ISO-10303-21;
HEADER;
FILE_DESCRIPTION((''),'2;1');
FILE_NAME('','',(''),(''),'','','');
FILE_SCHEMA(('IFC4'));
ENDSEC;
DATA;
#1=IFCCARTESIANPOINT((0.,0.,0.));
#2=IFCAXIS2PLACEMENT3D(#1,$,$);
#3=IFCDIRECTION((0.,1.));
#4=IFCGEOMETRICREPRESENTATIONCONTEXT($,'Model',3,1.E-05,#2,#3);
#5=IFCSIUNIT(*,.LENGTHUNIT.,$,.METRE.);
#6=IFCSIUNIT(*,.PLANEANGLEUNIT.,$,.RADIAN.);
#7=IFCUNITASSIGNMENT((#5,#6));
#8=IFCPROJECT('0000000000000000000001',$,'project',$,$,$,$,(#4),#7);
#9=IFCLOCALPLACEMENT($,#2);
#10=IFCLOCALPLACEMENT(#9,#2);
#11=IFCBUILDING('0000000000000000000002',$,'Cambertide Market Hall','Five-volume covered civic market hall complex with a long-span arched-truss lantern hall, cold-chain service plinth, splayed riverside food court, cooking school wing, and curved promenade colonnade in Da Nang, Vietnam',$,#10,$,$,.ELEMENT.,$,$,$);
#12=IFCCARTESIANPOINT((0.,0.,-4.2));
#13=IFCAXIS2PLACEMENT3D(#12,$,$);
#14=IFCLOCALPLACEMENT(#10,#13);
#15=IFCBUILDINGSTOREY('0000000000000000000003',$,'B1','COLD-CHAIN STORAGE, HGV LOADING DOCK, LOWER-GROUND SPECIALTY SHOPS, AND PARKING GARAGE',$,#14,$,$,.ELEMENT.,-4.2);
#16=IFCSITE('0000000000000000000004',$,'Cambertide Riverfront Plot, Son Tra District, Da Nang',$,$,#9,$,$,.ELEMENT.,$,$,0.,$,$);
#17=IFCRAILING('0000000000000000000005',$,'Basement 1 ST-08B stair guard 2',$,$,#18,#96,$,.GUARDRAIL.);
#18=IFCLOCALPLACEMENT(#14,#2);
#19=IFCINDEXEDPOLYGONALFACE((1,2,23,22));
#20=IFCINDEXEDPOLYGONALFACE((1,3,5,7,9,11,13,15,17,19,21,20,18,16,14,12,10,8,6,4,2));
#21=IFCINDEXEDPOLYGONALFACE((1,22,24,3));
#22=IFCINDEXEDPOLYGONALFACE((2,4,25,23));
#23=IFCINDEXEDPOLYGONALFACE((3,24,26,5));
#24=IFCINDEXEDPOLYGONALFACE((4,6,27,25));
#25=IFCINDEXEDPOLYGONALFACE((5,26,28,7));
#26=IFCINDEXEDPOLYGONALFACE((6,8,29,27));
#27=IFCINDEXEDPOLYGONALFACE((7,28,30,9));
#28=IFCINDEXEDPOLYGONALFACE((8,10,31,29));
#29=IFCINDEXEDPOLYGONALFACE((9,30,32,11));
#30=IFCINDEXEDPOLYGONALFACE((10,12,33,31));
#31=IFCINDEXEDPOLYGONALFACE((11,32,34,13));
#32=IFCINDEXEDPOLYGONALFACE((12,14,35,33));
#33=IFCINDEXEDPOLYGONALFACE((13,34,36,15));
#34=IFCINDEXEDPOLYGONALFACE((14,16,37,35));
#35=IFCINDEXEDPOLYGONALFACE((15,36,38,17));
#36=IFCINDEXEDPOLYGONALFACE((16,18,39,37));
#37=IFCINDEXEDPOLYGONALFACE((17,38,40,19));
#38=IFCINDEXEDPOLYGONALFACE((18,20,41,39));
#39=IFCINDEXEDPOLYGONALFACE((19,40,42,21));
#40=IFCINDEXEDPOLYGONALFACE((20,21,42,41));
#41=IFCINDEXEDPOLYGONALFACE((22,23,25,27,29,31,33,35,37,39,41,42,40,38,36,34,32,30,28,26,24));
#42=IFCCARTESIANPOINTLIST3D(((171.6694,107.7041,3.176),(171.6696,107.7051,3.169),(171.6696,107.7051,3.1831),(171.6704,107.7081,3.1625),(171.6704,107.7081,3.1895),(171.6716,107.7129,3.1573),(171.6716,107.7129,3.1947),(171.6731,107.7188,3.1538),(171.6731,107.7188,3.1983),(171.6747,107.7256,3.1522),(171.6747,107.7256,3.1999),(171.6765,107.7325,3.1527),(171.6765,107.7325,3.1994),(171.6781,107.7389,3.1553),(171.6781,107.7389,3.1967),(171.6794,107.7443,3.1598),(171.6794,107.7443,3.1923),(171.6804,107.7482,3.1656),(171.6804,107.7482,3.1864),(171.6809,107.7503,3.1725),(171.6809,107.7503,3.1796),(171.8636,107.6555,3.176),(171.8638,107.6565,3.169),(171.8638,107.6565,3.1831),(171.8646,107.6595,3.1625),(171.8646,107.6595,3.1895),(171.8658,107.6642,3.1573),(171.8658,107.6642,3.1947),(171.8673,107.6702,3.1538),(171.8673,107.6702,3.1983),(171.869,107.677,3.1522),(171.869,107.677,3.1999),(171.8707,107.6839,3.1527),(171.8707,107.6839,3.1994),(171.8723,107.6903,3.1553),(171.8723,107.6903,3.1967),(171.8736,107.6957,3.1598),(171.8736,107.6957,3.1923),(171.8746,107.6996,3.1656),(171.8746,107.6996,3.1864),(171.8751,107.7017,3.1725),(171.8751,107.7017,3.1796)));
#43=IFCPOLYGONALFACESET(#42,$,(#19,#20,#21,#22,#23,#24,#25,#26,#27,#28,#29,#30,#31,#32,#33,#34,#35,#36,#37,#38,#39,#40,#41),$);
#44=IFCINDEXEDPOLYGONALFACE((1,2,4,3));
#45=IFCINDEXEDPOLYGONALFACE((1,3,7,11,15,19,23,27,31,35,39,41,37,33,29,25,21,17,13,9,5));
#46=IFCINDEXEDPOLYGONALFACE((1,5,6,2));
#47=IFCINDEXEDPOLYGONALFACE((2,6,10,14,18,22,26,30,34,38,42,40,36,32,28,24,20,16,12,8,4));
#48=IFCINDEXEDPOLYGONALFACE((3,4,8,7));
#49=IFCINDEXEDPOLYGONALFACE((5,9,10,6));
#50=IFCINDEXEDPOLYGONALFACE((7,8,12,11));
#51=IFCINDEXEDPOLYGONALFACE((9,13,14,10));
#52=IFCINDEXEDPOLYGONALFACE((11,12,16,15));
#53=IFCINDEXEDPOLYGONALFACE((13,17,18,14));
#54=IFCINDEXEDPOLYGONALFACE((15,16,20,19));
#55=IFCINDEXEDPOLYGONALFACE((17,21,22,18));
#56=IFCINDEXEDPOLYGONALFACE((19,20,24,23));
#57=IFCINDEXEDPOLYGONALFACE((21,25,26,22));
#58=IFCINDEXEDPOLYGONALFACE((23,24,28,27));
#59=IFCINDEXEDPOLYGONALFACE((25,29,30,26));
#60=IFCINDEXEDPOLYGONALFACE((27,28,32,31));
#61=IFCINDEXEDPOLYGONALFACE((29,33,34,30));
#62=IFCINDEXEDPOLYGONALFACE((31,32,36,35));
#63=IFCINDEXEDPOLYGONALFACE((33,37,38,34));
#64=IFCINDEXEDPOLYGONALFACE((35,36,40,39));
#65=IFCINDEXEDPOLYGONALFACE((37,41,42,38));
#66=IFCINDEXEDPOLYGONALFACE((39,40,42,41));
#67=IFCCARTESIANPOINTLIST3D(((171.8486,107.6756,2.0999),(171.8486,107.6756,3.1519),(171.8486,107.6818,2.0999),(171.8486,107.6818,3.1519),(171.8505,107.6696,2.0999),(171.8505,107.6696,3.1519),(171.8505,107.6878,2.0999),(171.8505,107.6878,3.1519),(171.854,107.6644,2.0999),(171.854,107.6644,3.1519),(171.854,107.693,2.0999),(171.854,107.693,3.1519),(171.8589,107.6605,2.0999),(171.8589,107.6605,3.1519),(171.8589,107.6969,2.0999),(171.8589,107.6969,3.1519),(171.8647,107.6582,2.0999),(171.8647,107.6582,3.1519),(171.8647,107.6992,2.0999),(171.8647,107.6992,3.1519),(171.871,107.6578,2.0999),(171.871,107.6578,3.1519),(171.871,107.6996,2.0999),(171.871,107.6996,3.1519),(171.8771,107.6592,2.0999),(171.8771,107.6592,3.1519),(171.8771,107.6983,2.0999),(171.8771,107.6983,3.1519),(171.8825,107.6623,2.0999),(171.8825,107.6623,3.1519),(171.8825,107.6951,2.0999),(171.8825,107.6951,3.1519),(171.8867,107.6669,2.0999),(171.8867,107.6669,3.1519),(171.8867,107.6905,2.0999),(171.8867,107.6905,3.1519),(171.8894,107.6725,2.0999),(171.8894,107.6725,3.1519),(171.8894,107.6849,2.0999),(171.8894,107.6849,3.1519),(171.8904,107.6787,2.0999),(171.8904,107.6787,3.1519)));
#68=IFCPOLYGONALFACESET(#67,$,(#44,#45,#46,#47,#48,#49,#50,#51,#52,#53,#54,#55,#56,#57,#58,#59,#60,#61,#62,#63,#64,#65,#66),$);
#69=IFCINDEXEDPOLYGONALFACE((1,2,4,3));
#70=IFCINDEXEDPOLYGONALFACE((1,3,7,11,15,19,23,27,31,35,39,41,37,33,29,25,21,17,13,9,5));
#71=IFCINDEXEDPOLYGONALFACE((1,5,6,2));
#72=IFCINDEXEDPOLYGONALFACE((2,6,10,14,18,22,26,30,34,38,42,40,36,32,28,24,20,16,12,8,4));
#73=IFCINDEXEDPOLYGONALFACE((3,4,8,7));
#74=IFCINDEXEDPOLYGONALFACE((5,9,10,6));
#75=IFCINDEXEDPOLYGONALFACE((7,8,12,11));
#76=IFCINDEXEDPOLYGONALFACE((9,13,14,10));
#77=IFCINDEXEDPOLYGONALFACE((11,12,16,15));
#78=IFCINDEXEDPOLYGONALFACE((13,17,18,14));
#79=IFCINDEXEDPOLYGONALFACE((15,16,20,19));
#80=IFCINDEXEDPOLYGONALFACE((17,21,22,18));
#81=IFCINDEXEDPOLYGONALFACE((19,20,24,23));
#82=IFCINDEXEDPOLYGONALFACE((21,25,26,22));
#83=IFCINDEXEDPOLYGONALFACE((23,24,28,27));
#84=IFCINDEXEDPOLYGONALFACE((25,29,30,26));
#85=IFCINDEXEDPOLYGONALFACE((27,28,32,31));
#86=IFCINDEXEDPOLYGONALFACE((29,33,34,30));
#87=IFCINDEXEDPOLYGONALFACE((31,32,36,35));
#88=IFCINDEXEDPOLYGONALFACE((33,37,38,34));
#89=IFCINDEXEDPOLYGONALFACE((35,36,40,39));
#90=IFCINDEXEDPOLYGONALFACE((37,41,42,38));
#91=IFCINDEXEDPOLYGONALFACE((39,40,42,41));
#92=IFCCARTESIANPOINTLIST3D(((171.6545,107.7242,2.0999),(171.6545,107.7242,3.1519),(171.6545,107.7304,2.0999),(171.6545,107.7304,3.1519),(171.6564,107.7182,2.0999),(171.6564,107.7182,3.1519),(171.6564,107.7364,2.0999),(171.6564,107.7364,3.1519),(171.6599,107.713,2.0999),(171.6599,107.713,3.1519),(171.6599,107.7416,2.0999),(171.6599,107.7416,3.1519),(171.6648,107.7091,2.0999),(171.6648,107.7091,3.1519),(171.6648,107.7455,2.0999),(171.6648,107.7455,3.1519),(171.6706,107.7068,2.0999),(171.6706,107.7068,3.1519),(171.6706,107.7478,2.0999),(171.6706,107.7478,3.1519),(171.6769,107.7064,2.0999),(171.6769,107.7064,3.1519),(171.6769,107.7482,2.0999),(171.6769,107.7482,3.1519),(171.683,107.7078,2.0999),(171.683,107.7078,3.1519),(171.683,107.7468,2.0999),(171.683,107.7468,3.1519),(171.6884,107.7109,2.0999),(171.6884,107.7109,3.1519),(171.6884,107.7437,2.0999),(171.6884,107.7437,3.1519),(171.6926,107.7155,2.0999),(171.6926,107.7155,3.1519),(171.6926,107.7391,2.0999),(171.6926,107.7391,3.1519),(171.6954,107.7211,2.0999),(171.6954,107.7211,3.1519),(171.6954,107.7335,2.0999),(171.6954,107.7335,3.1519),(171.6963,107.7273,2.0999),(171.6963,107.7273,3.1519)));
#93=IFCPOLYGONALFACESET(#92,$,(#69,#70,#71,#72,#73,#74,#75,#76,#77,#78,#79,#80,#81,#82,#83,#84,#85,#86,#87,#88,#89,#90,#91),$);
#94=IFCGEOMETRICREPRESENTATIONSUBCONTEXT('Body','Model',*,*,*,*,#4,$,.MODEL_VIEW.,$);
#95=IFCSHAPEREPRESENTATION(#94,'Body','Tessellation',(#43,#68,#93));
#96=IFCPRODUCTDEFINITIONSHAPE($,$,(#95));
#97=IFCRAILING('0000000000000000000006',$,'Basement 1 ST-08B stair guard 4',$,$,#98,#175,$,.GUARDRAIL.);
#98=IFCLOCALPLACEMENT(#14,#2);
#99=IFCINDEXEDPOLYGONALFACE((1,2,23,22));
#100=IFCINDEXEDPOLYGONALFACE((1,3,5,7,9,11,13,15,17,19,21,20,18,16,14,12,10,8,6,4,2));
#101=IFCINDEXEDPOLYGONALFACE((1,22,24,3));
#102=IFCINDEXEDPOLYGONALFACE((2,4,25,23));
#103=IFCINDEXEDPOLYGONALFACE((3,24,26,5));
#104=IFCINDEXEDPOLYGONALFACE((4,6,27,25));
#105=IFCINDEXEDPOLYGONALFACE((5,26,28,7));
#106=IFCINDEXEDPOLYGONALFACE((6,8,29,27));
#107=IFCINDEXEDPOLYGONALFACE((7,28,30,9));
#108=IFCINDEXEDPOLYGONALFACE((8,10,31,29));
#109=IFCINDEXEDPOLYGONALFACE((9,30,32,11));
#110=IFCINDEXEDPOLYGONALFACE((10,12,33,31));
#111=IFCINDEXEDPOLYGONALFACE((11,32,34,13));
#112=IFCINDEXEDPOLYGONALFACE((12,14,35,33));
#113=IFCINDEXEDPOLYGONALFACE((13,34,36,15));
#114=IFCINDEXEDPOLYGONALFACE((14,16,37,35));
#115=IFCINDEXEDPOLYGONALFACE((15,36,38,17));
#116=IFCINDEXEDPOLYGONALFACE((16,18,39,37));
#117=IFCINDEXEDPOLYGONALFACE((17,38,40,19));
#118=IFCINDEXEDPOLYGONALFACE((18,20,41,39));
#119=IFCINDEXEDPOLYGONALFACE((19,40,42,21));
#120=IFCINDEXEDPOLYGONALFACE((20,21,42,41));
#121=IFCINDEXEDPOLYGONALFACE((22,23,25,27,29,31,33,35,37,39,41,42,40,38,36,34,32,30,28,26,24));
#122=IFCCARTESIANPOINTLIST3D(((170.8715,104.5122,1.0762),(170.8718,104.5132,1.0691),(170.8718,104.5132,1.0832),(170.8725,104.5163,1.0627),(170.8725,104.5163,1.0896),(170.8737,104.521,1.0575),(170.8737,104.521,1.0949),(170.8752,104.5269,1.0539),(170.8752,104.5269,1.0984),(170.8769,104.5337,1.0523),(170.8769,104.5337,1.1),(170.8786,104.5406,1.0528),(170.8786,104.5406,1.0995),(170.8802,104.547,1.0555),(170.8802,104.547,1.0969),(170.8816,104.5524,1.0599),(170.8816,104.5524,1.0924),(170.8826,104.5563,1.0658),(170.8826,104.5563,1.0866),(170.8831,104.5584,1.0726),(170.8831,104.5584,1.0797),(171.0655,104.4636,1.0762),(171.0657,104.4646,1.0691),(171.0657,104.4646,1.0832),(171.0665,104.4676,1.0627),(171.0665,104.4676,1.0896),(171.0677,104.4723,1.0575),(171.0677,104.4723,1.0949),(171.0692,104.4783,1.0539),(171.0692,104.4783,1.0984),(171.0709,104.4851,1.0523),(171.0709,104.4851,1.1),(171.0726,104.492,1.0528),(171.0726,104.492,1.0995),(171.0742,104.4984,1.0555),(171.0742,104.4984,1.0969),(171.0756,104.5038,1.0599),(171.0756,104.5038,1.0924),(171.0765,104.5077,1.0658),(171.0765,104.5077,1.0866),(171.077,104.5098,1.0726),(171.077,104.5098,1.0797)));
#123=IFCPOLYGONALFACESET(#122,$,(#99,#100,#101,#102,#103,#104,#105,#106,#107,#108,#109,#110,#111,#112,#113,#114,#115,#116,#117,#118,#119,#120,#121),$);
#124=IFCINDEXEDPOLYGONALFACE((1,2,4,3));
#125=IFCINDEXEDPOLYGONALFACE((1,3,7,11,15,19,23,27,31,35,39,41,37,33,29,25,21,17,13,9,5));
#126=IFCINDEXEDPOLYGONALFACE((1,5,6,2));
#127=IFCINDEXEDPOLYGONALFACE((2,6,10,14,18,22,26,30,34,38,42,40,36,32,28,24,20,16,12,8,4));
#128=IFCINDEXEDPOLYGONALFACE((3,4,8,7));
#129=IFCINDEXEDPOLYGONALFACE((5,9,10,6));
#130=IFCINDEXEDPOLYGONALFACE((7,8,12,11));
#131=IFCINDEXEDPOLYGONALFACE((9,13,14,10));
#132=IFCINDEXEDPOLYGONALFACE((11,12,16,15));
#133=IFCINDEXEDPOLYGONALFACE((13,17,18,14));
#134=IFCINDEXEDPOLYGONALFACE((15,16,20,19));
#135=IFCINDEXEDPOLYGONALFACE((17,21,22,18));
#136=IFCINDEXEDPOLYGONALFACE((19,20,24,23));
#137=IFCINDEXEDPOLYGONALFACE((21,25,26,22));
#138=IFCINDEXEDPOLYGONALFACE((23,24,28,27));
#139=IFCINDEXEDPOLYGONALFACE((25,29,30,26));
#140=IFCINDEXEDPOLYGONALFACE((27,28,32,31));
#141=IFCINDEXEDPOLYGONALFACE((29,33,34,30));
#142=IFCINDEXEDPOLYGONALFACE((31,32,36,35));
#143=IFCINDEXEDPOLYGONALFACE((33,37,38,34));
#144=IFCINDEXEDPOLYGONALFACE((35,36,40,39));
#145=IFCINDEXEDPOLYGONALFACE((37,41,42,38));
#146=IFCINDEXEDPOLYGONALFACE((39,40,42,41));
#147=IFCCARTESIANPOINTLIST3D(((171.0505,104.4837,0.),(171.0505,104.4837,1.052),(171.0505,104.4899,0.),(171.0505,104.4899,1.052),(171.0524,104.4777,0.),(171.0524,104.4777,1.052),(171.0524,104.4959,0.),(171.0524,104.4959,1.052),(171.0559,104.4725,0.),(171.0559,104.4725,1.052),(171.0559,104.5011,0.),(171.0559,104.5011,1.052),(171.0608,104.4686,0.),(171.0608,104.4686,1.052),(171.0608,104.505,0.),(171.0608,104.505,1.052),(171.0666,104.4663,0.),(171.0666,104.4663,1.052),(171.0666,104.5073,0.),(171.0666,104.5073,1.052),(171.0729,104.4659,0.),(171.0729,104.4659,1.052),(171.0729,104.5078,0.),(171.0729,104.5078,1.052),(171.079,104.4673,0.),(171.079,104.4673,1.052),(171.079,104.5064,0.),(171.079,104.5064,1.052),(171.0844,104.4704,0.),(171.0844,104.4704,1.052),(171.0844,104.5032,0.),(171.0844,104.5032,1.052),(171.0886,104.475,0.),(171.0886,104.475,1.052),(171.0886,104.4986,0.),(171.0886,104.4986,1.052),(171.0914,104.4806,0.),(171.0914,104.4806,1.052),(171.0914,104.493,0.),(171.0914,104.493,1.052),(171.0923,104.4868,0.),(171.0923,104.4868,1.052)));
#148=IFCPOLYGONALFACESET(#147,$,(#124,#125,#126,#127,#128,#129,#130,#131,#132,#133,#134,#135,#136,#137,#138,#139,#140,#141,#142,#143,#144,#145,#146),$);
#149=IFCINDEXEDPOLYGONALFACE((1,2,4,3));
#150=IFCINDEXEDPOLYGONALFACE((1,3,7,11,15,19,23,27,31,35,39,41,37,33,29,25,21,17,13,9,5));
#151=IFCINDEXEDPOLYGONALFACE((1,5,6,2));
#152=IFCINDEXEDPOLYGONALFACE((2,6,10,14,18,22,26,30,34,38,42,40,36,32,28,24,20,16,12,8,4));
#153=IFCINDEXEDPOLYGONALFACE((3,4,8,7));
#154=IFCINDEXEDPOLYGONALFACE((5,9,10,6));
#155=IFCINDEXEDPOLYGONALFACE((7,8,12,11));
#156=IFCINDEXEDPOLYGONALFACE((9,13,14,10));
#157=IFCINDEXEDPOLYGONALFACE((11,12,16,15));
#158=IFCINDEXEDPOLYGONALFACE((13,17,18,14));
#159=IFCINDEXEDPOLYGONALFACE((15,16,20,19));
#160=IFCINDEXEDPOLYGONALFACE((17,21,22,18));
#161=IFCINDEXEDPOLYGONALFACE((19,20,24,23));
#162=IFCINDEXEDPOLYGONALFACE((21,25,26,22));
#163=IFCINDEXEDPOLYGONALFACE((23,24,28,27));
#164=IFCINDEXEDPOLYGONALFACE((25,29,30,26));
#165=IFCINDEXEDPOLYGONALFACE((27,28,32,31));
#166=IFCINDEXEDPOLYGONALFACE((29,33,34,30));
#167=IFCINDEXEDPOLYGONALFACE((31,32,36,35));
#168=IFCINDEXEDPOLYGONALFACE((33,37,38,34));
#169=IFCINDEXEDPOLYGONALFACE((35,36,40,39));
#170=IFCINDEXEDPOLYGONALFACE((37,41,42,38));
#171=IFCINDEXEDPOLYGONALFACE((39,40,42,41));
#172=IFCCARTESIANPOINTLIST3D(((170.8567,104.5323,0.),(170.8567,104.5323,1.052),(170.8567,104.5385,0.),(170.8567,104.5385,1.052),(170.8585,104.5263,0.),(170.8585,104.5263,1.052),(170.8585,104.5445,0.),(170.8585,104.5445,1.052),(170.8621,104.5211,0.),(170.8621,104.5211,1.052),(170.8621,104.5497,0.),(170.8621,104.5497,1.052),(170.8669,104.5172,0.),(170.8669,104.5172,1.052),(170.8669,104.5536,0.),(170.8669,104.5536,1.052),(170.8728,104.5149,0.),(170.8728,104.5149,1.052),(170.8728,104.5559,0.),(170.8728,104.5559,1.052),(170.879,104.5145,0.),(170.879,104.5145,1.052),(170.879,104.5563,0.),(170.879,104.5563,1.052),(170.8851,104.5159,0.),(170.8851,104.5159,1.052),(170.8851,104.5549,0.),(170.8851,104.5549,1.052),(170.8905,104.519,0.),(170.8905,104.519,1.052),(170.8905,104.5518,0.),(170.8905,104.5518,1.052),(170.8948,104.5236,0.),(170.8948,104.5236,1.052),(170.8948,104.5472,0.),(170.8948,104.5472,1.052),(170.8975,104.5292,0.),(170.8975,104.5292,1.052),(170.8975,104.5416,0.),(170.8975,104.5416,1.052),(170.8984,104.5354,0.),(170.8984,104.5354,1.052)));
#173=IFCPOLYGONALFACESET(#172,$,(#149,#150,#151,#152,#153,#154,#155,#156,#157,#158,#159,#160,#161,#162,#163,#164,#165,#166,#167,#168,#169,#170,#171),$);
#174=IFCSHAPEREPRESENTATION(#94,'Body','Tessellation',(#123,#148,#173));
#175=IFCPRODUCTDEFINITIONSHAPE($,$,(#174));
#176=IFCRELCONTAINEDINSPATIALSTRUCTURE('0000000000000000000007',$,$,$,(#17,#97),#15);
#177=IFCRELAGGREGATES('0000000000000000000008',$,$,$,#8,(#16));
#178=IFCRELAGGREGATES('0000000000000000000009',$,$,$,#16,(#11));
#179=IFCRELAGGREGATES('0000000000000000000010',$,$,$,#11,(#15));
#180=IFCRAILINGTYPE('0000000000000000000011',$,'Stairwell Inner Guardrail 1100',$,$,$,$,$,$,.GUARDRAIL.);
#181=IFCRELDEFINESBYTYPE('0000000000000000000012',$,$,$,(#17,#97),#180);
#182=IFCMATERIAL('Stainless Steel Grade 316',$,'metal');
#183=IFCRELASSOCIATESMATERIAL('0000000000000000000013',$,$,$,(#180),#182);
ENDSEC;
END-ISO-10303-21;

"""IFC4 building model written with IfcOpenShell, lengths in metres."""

from ifc_helpers import new_model, si_unit, direction, frame, origin, origin_2d, place, context, subcontext, project, spatial, circle, extrude, material, type_object, element, save


model = new_model("IFC4")

# Units and contexts
model_context = context("Model", 3, precision=1e-05, world=origin(), true_north=direction((0.0, 1.0)))
body_context = subcontext(model_context, "Body", "Model", "MODEL_VIEW")
ifc_project = project(units=[si_unit("LENGTHUNIT", "METRE"), si_unit("PLANEANGLEUNIT", "RADIAN")], contexts=[model_context])

# Site, building, storey
site_placement = place(None, origin())
site = spatial("IfcSite", under=ifc_project, at=site_placement, Name="Cambertide Riverfront Plot, Son Tra District, Da Nang", CompositionType="ELEMENT", RefElevation=0.0)
building_placement = place(site_placement, origin())
building = spatial("IfcBuilding", under=site, at=building_placement, Name="Cambertide Market Hall", Description="Five-volume covered civic market hall complex with a long-span arched-truss lantern hall, cold-chain service plinth, splayed riverside food court, cooking school wing, and curved promenade colonnade in Da Nang, Vietnam", CompositionType="ELEMENT")
storey_placement = place(building_placement, frame((0.0, 0.0, -4.2)))
storey = spatial("IfcBuildingStorey", under=building, at=storey_placement, Name="B1", Description="COLD-CHAIN STORAGE, HGV LOADING DOCK, LOWER-GROUND SPECIALTY SHOPS, AND PARKING GARAGE", CompositionType="ELEMENT", Elevation=-4.2)

# Railings
ifc_material_1 = material(Name="Stainless Steel Grade 316", Category="metal")
railing_type_1 = type_object("IfcRailingType", Name="Stairwell Inner Guardrail 1100", PredefinedType="GUARDRAIL", material=ifc_material_1)
railing_1_placement = place(storey_placement, frame((171.8694, 107.6787, 2.0999)))
element("IfcRailing", 1, at=railing_1_placement, inside=storey, type_object=railing_type_1, Name="Basement 1 ST-08B stair guard 2", PredefinedType="GUARDRAIL", context=body_context, shape_type="SweptSolid", body=[
    extrude(circle(Radius=0.0239, at=origin_2d()), frame((0.0, 0.0, 1.0762), z_axis=(-0.970071, 0.242823, 0.0), x_axis=(-0.242823, -0.970071, 0.0)), (0.0, 0.0, 1.0), 0.2002),
    extrude(circle(Radius=0.021, at=origin_2d()), origin(), (0.0, 0.0, 1.0), 1.052),
    extrude(circle(Radius=0.021, at=origin_2d()), frame((-0.1941, 0.0486, 0.0)), (0.0, 0.0, 1.0), 1.052),
])
railing_2_placement = place(storey_placement, frame((171.0713, 104.4868, 0.0)))
element("IfcRailing", 2, at=railing_2_placement, inside=storey, type_object=railing_type_1, Name="Basement 1 ST-08B stair guard 4", PredefinedType="GUARDRAIL", context=body_context, shape_type="SweptSolid", body=[
    extrude(circle(Radius=0.0239, at=origin_2d()), frame((0.0, 0.0, 1.0762), z_axis=(-0.969999, 0.24311, 0.0), x_axis=(-0.24311, -0.969999, 0.0)), (0.0, 0.0, 1.0), 0.2),
    extrude(circle(Radius=0.021, at=origin_2d()), origin(), (0.0, 0.0, 1.0), 1.052),
    extrude(circle(Radius=0.021, at=origin_2d()), frame((-0.1938, 0.0486, 0.0)), (0.0, 0.0, 1.0), 1.052),
])

save(model, "model.ifc")
